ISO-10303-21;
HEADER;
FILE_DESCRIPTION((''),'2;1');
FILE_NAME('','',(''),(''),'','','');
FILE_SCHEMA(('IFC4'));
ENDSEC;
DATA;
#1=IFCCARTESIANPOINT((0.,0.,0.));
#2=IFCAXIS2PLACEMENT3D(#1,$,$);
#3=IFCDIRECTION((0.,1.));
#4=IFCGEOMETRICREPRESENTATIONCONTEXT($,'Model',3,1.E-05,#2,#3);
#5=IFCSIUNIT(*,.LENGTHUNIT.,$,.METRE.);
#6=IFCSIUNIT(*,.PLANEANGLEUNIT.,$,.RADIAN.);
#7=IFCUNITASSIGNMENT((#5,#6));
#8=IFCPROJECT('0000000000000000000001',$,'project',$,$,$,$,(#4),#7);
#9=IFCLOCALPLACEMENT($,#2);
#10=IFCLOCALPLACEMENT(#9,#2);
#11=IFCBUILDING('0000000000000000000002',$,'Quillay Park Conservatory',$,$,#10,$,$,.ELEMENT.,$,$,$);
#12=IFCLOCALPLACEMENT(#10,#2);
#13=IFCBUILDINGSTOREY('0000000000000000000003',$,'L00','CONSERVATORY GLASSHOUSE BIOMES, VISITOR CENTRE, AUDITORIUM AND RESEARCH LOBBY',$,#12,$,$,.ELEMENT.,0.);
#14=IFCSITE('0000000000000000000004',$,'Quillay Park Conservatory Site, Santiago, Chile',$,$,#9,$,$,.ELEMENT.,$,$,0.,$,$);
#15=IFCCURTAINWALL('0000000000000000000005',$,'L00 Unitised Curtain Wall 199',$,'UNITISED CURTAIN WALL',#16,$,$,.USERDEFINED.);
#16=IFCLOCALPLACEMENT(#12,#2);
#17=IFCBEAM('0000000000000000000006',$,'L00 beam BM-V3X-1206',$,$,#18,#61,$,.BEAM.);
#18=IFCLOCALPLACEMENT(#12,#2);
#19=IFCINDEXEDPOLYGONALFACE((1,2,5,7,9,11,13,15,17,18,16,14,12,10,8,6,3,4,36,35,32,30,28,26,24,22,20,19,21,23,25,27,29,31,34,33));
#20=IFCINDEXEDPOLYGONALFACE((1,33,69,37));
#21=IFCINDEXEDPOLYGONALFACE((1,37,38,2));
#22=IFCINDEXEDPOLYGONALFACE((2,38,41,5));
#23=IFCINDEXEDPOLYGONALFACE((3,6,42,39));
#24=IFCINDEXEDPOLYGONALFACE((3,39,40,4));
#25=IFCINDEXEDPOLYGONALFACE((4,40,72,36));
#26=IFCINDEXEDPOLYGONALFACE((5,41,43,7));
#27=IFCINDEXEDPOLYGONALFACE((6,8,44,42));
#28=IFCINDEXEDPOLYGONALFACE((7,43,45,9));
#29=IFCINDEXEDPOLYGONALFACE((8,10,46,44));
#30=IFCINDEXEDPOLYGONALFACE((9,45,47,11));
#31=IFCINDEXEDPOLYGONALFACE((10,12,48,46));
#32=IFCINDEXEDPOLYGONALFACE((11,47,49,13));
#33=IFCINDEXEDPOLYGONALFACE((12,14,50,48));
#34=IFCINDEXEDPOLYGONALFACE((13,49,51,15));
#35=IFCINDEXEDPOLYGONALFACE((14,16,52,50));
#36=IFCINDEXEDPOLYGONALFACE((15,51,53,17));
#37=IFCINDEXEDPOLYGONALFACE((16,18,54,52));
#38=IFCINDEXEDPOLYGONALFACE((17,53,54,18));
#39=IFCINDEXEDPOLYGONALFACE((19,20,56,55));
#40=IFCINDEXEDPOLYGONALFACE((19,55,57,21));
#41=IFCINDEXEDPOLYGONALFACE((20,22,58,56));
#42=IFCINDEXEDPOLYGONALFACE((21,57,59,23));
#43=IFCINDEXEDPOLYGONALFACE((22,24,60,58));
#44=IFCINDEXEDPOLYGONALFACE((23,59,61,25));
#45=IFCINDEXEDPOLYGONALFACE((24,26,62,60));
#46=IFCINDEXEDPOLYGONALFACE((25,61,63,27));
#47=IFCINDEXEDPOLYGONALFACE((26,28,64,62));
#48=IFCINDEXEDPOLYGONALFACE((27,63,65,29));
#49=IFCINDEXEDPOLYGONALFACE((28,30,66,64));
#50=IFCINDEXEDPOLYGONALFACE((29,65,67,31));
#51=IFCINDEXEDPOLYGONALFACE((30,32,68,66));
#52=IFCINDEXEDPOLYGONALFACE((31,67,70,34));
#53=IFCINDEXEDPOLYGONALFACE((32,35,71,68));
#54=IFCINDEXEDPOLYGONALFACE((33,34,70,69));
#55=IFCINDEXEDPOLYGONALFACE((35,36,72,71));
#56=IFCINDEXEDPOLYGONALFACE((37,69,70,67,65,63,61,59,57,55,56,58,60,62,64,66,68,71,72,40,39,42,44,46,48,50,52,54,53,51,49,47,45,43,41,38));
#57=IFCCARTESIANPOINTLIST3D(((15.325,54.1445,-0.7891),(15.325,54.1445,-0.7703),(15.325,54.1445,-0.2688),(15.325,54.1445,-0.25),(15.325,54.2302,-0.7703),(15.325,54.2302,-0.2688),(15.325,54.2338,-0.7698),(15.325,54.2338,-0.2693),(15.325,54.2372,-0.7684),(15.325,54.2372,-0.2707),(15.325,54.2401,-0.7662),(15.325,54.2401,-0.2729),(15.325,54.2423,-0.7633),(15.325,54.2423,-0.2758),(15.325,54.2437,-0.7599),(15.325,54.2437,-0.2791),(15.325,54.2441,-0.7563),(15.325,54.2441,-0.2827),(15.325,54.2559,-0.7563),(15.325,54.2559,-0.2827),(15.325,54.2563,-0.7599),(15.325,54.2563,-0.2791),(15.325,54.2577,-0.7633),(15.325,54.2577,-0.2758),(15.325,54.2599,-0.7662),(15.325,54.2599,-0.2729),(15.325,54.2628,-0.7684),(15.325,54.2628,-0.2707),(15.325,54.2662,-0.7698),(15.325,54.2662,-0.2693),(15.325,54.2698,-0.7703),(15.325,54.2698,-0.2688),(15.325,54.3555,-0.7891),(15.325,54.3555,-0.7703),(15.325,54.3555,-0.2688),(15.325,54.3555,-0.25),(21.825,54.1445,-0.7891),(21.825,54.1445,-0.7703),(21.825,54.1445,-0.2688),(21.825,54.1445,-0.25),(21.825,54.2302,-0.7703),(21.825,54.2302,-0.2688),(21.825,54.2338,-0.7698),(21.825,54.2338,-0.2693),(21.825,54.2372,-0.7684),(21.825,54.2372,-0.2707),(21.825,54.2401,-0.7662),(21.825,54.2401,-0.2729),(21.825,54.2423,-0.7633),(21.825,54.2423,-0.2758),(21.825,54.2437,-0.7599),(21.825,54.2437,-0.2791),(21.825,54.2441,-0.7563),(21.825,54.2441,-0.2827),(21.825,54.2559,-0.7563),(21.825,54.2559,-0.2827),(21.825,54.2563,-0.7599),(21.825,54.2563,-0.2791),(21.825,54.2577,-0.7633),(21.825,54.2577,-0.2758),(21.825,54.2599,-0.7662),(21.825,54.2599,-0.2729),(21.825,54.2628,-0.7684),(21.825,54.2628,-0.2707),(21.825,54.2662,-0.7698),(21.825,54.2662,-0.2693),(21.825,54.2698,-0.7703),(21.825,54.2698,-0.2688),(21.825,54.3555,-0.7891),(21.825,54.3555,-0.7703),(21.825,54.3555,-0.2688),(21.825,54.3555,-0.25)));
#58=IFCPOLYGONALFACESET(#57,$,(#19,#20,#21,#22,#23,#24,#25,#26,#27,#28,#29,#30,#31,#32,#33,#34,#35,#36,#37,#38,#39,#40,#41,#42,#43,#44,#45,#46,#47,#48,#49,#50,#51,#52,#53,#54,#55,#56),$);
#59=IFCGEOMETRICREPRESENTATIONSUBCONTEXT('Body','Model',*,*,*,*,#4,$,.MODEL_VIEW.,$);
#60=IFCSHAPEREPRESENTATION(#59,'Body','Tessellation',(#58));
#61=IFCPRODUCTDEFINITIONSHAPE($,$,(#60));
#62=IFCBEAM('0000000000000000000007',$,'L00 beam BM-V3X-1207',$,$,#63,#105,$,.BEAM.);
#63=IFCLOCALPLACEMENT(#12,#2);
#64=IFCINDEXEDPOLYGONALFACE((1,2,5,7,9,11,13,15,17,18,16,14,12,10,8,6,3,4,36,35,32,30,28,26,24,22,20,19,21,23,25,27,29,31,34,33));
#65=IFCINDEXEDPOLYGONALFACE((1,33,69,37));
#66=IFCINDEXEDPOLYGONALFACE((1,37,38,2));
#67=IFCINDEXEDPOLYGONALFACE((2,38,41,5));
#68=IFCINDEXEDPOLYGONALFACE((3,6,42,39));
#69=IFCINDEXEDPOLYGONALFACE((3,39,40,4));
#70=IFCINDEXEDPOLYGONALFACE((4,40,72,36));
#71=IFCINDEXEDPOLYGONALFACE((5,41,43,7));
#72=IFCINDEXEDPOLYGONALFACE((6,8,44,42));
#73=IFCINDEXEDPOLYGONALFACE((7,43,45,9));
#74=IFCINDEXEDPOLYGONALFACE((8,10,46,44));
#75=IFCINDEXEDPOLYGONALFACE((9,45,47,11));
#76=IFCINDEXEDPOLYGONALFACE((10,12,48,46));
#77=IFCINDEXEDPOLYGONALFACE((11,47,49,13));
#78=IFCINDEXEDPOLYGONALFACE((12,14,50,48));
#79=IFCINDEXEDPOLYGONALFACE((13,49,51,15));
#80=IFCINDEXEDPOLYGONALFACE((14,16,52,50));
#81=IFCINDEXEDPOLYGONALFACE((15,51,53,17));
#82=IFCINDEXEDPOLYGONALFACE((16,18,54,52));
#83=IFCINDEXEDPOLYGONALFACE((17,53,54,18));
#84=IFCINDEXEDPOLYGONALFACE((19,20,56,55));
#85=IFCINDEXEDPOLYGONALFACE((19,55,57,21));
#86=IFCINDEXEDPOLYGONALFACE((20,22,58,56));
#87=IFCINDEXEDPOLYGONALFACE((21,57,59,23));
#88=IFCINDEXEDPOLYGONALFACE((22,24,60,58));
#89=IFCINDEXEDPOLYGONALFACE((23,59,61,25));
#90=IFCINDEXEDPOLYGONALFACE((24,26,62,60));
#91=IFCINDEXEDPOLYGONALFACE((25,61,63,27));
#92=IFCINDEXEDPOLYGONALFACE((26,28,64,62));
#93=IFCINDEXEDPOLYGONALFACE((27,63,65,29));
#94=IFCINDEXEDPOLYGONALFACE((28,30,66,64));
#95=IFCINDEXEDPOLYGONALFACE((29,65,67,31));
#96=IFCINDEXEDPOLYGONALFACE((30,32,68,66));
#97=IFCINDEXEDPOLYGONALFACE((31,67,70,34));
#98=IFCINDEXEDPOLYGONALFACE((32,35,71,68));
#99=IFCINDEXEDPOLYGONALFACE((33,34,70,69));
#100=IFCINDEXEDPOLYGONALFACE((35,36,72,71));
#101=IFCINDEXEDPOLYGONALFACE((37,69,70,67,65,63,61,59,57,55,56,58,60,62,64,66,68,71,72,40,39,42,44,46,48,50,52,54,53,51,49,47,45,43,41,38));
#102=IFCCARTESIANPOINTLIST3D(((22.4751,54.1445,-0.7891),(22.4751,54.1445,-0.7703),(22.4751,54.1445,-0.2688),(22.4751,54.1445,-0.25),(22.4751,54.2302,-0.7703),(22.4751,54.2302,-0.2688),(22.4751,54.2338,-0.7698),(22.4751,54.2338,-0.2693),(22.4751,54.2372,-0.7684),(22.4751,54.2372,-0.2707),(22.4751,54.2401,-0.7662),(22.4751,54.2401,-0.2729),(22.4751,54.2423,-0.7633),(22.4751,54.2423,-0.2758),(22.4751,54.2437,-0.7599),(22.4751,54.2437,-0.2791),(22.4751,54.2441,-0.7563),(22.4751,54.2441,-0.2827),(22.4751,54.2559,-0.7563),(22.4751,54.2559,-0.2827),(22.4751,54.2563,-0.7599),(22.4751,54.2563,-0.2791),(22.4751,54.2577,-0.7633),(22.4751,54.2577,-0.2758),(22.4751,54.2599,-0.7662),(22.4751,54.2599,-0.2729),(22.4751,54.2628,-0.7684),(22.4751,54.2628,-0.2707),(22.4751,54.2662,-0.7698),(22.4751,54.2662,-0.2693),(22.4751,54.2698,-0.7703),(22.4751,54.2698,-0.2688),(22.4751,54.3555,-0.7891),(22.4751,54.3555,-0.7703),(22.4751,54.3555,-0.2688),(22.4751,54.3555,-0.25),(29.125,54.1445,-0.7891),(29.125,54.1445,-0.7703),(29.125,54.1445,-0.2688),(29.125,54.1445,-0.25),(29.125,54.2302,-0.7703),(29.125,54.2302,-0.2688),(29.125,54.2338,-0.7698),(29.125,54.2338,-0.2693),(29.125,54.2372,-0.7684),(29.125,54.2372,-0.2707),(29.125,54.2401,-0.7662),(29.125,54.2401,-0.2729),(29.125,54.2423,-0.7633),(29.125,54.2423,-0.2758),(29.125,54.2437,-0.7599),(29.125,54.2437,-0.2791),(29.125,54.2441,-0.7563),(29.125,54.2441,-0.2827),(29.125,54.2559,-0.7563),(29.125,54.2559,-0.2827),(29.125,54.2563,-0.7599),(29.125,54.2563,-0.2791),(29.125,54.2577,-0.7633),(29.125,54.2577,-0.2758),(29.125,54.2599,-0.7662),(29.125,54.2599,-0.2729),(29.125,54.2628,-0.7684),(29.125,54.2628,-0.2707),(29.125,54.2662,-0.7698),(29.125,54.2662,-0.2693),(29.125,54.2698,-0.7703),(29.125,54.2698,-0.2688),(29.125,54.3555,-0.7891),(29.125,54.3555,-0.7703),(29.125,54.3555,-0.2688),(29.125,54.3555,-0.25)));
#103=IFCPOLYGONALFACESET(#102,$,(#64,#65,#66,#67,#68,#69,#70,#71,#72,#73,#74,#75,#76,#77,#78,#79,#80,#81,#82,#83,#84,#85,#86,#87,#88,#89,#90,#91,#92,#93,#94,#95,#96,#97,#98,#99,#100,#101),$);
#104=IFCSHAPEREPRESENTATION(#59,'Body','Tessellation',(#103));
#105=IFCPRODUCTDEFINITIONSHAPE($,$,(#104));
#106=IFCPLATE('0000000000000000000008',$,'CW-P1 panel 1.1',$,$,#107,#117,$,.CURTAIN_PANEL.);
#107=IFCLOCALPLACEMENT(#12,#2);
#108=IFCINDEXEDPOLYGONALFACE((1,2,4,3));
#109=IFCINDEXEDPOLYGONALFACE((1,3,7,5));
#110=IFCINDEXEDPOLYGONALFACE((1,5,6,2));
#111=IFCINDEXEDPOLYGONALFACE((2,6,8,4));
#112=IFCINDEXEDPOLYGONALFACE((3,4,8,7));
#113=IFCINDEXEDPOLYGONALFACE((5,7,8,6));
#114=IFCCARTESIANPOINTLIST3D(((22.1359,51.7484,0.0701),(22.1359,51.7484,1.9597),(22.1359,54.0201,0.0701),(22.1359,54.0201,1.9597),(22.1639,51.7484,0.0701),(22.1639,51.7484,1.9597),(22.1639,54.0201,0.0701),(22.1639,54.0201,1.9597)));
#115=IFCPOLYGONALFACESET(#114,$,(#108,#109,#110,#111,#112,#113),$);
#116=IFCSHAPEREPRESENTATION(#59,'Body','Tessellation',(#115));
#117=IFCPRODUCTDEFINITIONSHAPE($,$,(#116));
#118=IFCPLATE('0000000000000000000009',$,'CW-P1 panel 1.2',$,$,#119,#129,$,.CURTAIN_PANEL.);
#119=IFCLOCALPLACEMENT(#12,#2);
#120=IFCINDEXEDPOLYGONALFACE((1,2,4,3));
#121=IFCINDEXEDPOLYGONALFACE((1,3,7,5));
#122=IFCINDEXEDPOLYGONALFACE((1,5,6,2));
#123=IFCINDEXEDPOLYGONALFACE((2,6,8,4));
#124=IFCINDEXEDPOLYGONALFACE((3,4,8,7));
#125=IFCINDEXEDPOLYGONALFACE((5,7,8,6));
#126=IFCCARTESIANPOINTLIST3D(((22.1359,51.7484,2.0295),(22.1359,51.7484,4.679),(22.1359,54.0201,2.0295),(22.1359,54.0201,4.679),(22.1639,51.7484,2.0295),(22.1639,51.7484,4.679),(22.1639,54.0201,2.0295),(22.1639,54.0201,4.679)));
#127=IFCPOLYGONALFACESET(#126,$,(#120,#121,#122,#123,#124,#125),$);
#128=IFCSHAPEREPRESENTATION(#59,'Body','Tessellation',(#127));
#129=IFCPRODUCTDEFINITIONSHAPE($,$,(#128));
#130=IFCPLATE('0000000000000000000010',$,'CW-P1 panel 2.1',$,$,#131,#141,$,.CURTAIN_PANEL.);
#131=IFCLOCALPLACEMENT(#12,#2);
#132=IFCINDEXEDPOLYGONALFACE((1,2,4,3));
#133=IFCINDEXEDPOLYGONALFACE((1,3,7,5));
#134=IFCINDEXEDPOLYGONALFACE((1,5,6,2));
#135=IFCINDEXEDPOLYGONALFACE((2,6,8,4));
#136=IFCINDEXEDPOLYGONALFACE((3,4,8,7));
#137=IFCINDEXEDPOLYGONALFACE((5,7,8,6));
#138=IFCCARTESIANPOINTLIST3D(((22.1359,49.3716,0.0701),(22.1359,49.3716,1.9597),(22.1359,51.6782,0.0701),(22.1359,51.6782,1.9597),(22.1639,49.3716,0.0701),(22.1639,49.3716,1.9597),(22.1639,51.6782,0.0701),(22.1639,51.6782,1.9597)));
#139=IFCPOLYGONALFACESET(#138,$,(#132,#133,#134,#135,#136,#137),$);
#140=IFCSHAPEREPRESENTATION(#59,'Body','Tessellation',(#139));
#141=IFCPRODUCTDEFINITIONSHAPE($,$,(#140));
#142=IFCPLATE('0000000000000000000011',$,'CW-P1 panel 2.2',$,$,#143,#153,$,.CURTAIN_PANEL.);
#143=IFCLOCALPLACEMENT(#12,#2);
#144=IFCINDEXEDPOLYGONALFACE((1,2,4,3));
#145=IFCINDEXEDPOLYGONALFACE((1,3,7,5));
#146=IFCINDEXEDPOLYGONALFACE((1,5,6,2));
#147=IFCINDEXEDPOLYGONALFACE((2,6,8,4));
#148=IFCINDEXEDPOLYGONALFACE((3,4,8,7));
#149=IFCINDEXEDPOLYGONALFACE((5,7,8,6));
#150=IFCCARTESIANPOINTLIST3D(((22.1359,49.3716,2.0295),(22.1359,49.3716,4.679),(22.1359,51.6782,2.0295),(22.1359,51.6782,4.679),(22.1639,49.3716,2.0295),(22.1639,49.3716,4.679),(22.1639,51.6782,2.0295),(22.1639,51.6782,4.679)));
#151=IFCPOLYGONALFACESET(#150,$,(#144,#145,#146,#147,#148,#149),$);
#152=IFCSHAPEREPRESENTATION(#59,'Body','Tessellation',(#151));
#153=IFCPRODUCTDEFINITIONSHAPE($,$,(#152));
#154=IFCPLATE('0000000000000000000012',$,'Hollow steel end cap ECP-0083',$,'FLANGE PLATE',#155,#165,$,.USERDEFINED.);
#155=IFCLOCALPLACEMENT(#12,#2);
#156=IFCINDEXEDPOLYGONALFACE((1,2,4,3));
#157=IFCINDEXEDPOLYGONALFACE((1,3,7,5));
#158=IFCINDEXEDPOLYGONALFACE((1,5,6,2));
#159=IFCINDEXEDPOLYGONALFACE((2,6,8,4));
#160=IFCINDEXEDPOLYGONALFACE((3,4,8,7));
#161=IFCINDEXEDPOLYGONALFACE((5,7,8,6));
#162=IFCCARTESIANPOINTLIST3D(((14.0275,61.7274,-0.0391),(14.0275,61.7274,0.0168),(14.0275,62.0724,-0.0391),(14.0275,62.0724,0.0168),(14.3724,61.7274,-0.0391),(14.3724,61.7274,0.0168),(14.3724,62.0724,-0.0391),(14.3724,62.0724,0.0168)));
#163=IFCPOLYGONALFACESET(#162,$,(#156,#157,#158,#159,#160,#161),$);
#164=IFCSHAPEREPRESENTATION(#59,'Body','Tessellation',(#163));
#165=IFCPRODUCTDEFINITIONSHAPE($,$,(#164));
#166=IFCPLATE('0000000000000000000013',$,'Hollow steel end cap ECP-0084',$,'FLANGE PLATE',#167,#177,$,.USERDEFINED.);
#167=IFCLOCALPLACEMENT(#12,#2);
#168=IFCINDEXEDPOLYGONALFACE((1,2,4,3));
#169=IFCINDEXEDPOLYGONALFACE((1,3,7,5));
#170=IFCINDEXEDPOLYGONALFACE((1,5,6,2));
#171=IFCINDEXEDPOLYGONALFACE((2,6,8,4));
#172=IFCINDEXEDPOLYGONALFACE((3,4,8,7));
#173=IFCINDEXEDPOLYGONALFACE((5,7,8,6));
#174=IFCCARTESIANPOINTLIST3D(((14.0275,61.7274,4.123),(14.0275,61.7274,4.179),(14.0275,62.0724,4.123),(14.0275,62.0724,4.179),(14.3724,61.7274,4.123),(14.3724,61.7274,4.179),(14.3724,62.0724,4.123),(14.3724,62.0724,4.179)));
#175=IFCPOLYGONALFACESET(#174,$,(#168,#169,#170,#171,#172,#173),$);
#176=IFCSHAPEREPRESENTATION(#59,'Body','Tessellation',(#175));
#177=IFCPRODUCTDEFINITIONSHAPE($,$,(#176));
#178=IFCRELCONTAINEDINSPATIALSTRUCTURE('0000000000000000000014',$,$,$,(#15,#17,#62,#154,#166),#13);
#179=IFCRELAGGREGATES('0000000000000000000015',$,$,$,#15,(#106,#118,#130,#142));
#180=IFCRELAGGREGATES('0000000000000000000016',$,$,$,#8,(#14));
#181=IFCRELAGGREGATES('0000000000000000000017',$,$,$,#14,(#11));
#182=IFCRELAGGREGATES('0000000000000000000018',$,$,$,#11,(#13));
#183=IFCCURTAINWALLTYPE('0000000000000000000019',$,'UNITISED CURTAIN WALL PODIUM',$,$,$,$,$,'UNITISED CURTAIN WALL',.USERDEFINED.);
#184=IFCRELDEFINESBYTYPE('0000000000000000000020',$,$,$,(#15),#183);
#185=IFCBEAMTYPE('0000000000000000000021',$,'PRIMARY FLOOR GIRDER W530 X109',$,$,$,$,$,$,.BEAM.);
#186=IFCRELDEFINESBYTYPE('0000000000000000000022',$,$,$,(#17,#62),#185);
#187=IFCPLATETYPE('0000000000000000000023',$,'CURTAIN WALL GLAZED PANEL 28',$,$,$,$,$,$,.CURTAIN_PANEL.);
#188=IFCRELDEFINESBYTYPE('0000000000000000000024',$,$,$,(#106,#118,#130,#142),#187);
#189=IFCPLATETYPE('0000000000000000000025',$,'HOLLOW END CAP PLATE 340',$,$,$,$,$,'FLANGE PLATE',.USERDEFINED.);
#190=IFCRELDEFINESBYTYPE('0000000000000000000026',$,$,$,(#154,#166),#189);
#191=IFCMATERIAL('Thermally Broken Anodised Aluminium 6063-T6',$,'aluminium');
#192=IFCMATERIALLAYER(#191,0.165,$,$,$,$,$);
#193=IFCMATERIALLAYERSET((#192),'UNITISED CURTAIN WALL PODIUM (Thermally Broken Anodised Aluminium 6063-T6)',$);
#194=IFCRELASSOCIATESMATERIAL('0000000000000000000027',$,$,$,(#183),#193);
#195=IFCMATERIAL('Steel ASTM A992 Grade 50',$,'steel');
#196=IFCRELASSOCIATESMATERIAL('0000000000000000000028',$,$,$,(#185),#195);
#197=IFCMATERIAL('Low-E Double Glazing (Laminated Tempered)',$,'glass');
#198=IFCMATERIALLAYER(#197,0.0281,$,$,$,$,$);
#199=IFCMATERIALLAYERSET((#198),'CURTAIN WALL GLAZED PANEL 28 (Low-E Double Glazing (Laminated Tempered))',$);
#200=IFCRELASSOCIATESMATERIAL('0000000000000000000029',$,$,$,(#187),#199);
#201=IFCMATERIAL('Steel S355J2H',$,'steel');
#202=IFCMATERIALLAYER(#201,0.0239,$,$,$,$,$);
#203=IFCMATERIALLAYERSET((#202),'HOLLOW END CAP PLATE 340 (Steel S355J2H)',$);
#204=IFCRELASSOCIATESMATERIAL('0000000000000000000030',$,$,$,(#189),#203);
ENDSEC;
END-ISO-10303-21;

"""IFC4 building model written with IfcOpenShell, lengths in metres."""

from ifc_helpers import new_model, si_unit, direction, frame, origin, origin_2d, place, context, subcontext, project, spatial, rectangle, i_section, extrude, material, layer, layer_set, material_profile, profile_set, type_object, element, aggregate, save


model = new_model("IFC4")

# Units and contexts
model_context = context("Model", 3, precision=1e-05, world=origin(), true_north=direction((0.0, 1.0)))
body_context = subcontext(model_context, "Body", "Model", "MODEL_VIEW")
ifc_project = project(units=[si_unit("LENGTHUNIT", "METRE"), si_unit("PLANEANGLEUNIT", "RADIAN")], contexts=[model_context])

# Site, building, storey
site_placement = place(None, origin())
site = spatial("IfcSite", under=ifc_project, at=site_placement, Name="Quillay Park Conservatory Site, Santiago, Chile", CompositionType="ELEMENT", RefElevation=0.0)
building_placement = place(site_placement, origin())
building = spatial("IfcBuilding", under=site, at=building_placement, Name="Quillay Park Conservatory", CompositionType="ELEMENT")
storey_placement = place(building_placement, origin())
storey = spatial("IfcBuildingStorey", under=building, at=storey_placement, Name="L00", Description="CONSERVATORY GLASSHOUSE BIOMES, VISITOR CENTRE, AUDITORIUM AND RESEARCH LOBBY", CompositionType="ELEMENT", Elevation=0.0)

# Curtain wall
ifc_material_1 = material(Name="Thermally Broken Anodised Aluminium 6063-T6", Category="aluminium")
ifc_layer_1 = layer(ifc_material_1, 0.165)
ifc_layer_set_1 = layer_set([ifc_layer_1], Name="UNITISED CURTAIN WALL PODIUM (Thermally Broken Anodised Aluminium 6063-T6)")
curtain_wall_type = type_object("IfcCurtainWallType", Name="UNITISED CURTAIN WALL PODIUM", ElementType="UNITISED CURTAIN WALL", PredefinedType="USERDEFINED", material=ifc_layer_set_1)
curtain_wall_placement = place(storey_placement, origin())
curtain_wall = element("IfcCurtainWall", 1, at=curtain_wall_placement, inside=storey, type_object=curtain_wall_type, Name="L00 Unitised Curtain Wall 199", ObjectType="UNITISED CURTAIN WALL", PredefinedType="USERDEFINED")

# Beams
ifc_material_2 = material(Name="Steel ASTM A992 Grade 50", Category="steel")
ifc_material_profile_1 = material_profile(ifc_material_2, i_section(OverallWidth=0.2109, OverallDepth=0.5391, WebThickness=0.0117, FlangeThickness=0.0188, FilletRadius=0.0139, at=origin_2d()), Name="W530x109")
ifc_profile_set_1 = profile_set([ifc_material_profile_1], Name="Steel ASTM A992 Grade 50")
beam_type_1 = type_object("IfcBeamType", Name="PRIMARY FLOOR GIRDER W530 X109", PredefinedType="BEAM", material=ifc_profile_set_1)
beam_1_placement = place(storey_placement, frame((15.325, 54.25, -0.5195), z_axis=(1.0, 0.0, 0.0), x_axis=(0.0, 1.0, 0.0)))
element("IfcBeam", 2, at=beam_1_placement, inside=storey, type_object=beam_type_1, Name="L00 beam BM-V3X-1206", PredefinedType="BEAM", context=body_context, shape_type="SweptSolid", body=[
    extrude(i_section(OverallWidth=0.2109, OverallDepth=0.5391, WebThickness=0.0117, FlangeThickness=0.0188, FilletRadius=0.0139, at=origin_2d()), origin(), (0.0, 0.0, 1.0), 6.5),
])
beam_2_placement = place(storey_placement, frame((22.4751, 54.25, -0.5195), z_axis=(1.0, 0.0, 0.0), x_axis=(0.0, 1.0, 0.0)))
element("IfcBeam", 3, at=beam_2_placement, inside=storey, type_object=beam_type_1, Name="L00 beam BM-V3X-1207", PredefinedType="BEAM", context=body_context, shape_type="SweptSolid", body=[
    extrude(i_section(OverallWidth=0.2109, OverallDepth=0.5391, WebThickness=0.0117, FlangeThickness=0.0188, FilletRadius=0.0139, at=origin_2d()), origin(), (0.0, 0.0, 1.0), 6.6499),
])

# Plates
ifc_material_3 = material(Name="Low-E Double Glazing (Laminated Tempered)", Category="glass")
ifc_layer_2 = layer(ifc_material_3, 0.0281)
ifc_layer_set_2 = layer_set([ifc_layer_2], Name="CURTAIN WALL GLAZED PANEL 28 (Low-E Double Glazing (Laminated Tempered))")
plate_type_1 = type_object("IfcPlateType", Name="CURTAIN WALL GLAZED PANEL 28", PredefinedType="CURTAIN_PANEL", material=ifc_layer_set_2)
plate_1_placement = place(storey_placement, frame((22.1499, 52.8843, 0.0701), z_axis=(0.0, 0.0, 1.0), x_axis=(0.0, -1.0, 0.0)))
plate_1 = element("IfcPlate", 4, at=plate_1_placement, type_object=plate_type_1, Name="CW-P1 panel 1.1", PredefinedType="CURTAIN_PANEL", context=body_context, shape_type="SweptSolid", body=[
    extrude(rectangle(XDim=2.2717, YDim=0.0281, at=origin_2d()), origin(), (0.0, 0.0, 1.0), 1.8896),
])
plate_2_placement = place(storey_placement, frame((22.1499, 52.8843, 2.0295), z_axis=(0.0, 0.0, 1.0), x_axis=(0.0, -1.0, 0.0)))
plate_2 = element("IfcPlate", 5, at=plate_2_placement, type_object=plate_type_1, Name="CW-P1 panel 1.2", PredefinedType="CURTAIN_PANEL", context=body_context, shape_type="SweptSolid", body=[
    extrude(rectangle(XDim=2.2717, YDim=0.0281, at=origin_2d()), origin(), (0.0, 0.0, 1.0), 2.6494),
])
plate_3_placement = place(storey_placement, frame((22.1499, 50.5249, 0.0701), z_axis=(0.0, 0.0, 1.0), x_axis=(0.0, -1.0, 0.0)))
plate_3 = element("IfcPlate", 6, at=plate_3_placement, type_object=plate_type_1, Name="CW-P1 panel 2.1", PredefinedType="CURTAIN_PANEL", context=body_context, shape_type="SweptSolid", body=[
    extrude(rectangle(XDim=2.3066, YDim=0.0281, at=origin_2d()), origin(), (0.0, 0.0, 1.0), 1.8896),
])
plate_4_placement = place(storey_placement, frame((22.1499, 50.5249, 2.0295), z_axis=(0.0, 0.0, 1.0), x_axis=(0.0, -1.0, 0.0)))
plate_4 = element("IfcPlate", 7, at=plate_4_placement, type_object=plate_type_1, Name="CW-P1 panel 2.2", PredefinedType="CURTAIN_PANEL", context=body_context, shape_type="SweptSolid", body=[
    extrude(rectangle(XDim=2.3066, YDim=0.0281, at=origin_2d()), origin(), (0.0, 0.0, 1.0), 2.6494),
])
aggregate(curtain_wall, [plate_1, plate_2, plate_3, plate_4])

# Plates
ifc_material_4 = material(Name="Steel S355J2H", Category="steel")
ifc_layer_3 = layer(ifc_material_4, 0.0239)
ifc_layer_set_3 = layer_set([ifc_layer_3], Name="HOLLOW END CAP PLATE 340 (Steel S355J2H)")
plate_type_2 = type_object("IfcPlateType", Name="HOLLOW END CAP PLATE 340", ElementType="FLANGE PLATE", PredefinedType="USERDEFINED", material=ifc_layer_set_3)
for number, where, z_axis, x_axis, name in (
    (8, (14.2, 61.8999, -0.0391), (0.0, 0.0, 1.0), (1.0, 0.0, 0.0), "Hollow steel end cap ECP-0083"),
    (9, (14.2, 61.8999, 4.123), (0.0, 0.0, 1.0), (1.0, 0.0, 0.0), "Hollow steel end cap ECP-0084"),
):
    element("IfcPlate", number, at=place(storey_placement, frame(where, z_axis=z_axis, x_axis=x_axis)), inside=storey, type_object=plate_type_2, Name=name, ObjectType="FLANGE PLATE", PredefinedType="USERDEFINED", context=body_context, shape_type="SweptSolid", body=[
        extrude(rectangle(XDim=0.345, YDim=0.345, at=origin_2d()), origin(), (0.0, 0.0, 1.0), 0.0559),
    ])

save(model, "model.ifc")
